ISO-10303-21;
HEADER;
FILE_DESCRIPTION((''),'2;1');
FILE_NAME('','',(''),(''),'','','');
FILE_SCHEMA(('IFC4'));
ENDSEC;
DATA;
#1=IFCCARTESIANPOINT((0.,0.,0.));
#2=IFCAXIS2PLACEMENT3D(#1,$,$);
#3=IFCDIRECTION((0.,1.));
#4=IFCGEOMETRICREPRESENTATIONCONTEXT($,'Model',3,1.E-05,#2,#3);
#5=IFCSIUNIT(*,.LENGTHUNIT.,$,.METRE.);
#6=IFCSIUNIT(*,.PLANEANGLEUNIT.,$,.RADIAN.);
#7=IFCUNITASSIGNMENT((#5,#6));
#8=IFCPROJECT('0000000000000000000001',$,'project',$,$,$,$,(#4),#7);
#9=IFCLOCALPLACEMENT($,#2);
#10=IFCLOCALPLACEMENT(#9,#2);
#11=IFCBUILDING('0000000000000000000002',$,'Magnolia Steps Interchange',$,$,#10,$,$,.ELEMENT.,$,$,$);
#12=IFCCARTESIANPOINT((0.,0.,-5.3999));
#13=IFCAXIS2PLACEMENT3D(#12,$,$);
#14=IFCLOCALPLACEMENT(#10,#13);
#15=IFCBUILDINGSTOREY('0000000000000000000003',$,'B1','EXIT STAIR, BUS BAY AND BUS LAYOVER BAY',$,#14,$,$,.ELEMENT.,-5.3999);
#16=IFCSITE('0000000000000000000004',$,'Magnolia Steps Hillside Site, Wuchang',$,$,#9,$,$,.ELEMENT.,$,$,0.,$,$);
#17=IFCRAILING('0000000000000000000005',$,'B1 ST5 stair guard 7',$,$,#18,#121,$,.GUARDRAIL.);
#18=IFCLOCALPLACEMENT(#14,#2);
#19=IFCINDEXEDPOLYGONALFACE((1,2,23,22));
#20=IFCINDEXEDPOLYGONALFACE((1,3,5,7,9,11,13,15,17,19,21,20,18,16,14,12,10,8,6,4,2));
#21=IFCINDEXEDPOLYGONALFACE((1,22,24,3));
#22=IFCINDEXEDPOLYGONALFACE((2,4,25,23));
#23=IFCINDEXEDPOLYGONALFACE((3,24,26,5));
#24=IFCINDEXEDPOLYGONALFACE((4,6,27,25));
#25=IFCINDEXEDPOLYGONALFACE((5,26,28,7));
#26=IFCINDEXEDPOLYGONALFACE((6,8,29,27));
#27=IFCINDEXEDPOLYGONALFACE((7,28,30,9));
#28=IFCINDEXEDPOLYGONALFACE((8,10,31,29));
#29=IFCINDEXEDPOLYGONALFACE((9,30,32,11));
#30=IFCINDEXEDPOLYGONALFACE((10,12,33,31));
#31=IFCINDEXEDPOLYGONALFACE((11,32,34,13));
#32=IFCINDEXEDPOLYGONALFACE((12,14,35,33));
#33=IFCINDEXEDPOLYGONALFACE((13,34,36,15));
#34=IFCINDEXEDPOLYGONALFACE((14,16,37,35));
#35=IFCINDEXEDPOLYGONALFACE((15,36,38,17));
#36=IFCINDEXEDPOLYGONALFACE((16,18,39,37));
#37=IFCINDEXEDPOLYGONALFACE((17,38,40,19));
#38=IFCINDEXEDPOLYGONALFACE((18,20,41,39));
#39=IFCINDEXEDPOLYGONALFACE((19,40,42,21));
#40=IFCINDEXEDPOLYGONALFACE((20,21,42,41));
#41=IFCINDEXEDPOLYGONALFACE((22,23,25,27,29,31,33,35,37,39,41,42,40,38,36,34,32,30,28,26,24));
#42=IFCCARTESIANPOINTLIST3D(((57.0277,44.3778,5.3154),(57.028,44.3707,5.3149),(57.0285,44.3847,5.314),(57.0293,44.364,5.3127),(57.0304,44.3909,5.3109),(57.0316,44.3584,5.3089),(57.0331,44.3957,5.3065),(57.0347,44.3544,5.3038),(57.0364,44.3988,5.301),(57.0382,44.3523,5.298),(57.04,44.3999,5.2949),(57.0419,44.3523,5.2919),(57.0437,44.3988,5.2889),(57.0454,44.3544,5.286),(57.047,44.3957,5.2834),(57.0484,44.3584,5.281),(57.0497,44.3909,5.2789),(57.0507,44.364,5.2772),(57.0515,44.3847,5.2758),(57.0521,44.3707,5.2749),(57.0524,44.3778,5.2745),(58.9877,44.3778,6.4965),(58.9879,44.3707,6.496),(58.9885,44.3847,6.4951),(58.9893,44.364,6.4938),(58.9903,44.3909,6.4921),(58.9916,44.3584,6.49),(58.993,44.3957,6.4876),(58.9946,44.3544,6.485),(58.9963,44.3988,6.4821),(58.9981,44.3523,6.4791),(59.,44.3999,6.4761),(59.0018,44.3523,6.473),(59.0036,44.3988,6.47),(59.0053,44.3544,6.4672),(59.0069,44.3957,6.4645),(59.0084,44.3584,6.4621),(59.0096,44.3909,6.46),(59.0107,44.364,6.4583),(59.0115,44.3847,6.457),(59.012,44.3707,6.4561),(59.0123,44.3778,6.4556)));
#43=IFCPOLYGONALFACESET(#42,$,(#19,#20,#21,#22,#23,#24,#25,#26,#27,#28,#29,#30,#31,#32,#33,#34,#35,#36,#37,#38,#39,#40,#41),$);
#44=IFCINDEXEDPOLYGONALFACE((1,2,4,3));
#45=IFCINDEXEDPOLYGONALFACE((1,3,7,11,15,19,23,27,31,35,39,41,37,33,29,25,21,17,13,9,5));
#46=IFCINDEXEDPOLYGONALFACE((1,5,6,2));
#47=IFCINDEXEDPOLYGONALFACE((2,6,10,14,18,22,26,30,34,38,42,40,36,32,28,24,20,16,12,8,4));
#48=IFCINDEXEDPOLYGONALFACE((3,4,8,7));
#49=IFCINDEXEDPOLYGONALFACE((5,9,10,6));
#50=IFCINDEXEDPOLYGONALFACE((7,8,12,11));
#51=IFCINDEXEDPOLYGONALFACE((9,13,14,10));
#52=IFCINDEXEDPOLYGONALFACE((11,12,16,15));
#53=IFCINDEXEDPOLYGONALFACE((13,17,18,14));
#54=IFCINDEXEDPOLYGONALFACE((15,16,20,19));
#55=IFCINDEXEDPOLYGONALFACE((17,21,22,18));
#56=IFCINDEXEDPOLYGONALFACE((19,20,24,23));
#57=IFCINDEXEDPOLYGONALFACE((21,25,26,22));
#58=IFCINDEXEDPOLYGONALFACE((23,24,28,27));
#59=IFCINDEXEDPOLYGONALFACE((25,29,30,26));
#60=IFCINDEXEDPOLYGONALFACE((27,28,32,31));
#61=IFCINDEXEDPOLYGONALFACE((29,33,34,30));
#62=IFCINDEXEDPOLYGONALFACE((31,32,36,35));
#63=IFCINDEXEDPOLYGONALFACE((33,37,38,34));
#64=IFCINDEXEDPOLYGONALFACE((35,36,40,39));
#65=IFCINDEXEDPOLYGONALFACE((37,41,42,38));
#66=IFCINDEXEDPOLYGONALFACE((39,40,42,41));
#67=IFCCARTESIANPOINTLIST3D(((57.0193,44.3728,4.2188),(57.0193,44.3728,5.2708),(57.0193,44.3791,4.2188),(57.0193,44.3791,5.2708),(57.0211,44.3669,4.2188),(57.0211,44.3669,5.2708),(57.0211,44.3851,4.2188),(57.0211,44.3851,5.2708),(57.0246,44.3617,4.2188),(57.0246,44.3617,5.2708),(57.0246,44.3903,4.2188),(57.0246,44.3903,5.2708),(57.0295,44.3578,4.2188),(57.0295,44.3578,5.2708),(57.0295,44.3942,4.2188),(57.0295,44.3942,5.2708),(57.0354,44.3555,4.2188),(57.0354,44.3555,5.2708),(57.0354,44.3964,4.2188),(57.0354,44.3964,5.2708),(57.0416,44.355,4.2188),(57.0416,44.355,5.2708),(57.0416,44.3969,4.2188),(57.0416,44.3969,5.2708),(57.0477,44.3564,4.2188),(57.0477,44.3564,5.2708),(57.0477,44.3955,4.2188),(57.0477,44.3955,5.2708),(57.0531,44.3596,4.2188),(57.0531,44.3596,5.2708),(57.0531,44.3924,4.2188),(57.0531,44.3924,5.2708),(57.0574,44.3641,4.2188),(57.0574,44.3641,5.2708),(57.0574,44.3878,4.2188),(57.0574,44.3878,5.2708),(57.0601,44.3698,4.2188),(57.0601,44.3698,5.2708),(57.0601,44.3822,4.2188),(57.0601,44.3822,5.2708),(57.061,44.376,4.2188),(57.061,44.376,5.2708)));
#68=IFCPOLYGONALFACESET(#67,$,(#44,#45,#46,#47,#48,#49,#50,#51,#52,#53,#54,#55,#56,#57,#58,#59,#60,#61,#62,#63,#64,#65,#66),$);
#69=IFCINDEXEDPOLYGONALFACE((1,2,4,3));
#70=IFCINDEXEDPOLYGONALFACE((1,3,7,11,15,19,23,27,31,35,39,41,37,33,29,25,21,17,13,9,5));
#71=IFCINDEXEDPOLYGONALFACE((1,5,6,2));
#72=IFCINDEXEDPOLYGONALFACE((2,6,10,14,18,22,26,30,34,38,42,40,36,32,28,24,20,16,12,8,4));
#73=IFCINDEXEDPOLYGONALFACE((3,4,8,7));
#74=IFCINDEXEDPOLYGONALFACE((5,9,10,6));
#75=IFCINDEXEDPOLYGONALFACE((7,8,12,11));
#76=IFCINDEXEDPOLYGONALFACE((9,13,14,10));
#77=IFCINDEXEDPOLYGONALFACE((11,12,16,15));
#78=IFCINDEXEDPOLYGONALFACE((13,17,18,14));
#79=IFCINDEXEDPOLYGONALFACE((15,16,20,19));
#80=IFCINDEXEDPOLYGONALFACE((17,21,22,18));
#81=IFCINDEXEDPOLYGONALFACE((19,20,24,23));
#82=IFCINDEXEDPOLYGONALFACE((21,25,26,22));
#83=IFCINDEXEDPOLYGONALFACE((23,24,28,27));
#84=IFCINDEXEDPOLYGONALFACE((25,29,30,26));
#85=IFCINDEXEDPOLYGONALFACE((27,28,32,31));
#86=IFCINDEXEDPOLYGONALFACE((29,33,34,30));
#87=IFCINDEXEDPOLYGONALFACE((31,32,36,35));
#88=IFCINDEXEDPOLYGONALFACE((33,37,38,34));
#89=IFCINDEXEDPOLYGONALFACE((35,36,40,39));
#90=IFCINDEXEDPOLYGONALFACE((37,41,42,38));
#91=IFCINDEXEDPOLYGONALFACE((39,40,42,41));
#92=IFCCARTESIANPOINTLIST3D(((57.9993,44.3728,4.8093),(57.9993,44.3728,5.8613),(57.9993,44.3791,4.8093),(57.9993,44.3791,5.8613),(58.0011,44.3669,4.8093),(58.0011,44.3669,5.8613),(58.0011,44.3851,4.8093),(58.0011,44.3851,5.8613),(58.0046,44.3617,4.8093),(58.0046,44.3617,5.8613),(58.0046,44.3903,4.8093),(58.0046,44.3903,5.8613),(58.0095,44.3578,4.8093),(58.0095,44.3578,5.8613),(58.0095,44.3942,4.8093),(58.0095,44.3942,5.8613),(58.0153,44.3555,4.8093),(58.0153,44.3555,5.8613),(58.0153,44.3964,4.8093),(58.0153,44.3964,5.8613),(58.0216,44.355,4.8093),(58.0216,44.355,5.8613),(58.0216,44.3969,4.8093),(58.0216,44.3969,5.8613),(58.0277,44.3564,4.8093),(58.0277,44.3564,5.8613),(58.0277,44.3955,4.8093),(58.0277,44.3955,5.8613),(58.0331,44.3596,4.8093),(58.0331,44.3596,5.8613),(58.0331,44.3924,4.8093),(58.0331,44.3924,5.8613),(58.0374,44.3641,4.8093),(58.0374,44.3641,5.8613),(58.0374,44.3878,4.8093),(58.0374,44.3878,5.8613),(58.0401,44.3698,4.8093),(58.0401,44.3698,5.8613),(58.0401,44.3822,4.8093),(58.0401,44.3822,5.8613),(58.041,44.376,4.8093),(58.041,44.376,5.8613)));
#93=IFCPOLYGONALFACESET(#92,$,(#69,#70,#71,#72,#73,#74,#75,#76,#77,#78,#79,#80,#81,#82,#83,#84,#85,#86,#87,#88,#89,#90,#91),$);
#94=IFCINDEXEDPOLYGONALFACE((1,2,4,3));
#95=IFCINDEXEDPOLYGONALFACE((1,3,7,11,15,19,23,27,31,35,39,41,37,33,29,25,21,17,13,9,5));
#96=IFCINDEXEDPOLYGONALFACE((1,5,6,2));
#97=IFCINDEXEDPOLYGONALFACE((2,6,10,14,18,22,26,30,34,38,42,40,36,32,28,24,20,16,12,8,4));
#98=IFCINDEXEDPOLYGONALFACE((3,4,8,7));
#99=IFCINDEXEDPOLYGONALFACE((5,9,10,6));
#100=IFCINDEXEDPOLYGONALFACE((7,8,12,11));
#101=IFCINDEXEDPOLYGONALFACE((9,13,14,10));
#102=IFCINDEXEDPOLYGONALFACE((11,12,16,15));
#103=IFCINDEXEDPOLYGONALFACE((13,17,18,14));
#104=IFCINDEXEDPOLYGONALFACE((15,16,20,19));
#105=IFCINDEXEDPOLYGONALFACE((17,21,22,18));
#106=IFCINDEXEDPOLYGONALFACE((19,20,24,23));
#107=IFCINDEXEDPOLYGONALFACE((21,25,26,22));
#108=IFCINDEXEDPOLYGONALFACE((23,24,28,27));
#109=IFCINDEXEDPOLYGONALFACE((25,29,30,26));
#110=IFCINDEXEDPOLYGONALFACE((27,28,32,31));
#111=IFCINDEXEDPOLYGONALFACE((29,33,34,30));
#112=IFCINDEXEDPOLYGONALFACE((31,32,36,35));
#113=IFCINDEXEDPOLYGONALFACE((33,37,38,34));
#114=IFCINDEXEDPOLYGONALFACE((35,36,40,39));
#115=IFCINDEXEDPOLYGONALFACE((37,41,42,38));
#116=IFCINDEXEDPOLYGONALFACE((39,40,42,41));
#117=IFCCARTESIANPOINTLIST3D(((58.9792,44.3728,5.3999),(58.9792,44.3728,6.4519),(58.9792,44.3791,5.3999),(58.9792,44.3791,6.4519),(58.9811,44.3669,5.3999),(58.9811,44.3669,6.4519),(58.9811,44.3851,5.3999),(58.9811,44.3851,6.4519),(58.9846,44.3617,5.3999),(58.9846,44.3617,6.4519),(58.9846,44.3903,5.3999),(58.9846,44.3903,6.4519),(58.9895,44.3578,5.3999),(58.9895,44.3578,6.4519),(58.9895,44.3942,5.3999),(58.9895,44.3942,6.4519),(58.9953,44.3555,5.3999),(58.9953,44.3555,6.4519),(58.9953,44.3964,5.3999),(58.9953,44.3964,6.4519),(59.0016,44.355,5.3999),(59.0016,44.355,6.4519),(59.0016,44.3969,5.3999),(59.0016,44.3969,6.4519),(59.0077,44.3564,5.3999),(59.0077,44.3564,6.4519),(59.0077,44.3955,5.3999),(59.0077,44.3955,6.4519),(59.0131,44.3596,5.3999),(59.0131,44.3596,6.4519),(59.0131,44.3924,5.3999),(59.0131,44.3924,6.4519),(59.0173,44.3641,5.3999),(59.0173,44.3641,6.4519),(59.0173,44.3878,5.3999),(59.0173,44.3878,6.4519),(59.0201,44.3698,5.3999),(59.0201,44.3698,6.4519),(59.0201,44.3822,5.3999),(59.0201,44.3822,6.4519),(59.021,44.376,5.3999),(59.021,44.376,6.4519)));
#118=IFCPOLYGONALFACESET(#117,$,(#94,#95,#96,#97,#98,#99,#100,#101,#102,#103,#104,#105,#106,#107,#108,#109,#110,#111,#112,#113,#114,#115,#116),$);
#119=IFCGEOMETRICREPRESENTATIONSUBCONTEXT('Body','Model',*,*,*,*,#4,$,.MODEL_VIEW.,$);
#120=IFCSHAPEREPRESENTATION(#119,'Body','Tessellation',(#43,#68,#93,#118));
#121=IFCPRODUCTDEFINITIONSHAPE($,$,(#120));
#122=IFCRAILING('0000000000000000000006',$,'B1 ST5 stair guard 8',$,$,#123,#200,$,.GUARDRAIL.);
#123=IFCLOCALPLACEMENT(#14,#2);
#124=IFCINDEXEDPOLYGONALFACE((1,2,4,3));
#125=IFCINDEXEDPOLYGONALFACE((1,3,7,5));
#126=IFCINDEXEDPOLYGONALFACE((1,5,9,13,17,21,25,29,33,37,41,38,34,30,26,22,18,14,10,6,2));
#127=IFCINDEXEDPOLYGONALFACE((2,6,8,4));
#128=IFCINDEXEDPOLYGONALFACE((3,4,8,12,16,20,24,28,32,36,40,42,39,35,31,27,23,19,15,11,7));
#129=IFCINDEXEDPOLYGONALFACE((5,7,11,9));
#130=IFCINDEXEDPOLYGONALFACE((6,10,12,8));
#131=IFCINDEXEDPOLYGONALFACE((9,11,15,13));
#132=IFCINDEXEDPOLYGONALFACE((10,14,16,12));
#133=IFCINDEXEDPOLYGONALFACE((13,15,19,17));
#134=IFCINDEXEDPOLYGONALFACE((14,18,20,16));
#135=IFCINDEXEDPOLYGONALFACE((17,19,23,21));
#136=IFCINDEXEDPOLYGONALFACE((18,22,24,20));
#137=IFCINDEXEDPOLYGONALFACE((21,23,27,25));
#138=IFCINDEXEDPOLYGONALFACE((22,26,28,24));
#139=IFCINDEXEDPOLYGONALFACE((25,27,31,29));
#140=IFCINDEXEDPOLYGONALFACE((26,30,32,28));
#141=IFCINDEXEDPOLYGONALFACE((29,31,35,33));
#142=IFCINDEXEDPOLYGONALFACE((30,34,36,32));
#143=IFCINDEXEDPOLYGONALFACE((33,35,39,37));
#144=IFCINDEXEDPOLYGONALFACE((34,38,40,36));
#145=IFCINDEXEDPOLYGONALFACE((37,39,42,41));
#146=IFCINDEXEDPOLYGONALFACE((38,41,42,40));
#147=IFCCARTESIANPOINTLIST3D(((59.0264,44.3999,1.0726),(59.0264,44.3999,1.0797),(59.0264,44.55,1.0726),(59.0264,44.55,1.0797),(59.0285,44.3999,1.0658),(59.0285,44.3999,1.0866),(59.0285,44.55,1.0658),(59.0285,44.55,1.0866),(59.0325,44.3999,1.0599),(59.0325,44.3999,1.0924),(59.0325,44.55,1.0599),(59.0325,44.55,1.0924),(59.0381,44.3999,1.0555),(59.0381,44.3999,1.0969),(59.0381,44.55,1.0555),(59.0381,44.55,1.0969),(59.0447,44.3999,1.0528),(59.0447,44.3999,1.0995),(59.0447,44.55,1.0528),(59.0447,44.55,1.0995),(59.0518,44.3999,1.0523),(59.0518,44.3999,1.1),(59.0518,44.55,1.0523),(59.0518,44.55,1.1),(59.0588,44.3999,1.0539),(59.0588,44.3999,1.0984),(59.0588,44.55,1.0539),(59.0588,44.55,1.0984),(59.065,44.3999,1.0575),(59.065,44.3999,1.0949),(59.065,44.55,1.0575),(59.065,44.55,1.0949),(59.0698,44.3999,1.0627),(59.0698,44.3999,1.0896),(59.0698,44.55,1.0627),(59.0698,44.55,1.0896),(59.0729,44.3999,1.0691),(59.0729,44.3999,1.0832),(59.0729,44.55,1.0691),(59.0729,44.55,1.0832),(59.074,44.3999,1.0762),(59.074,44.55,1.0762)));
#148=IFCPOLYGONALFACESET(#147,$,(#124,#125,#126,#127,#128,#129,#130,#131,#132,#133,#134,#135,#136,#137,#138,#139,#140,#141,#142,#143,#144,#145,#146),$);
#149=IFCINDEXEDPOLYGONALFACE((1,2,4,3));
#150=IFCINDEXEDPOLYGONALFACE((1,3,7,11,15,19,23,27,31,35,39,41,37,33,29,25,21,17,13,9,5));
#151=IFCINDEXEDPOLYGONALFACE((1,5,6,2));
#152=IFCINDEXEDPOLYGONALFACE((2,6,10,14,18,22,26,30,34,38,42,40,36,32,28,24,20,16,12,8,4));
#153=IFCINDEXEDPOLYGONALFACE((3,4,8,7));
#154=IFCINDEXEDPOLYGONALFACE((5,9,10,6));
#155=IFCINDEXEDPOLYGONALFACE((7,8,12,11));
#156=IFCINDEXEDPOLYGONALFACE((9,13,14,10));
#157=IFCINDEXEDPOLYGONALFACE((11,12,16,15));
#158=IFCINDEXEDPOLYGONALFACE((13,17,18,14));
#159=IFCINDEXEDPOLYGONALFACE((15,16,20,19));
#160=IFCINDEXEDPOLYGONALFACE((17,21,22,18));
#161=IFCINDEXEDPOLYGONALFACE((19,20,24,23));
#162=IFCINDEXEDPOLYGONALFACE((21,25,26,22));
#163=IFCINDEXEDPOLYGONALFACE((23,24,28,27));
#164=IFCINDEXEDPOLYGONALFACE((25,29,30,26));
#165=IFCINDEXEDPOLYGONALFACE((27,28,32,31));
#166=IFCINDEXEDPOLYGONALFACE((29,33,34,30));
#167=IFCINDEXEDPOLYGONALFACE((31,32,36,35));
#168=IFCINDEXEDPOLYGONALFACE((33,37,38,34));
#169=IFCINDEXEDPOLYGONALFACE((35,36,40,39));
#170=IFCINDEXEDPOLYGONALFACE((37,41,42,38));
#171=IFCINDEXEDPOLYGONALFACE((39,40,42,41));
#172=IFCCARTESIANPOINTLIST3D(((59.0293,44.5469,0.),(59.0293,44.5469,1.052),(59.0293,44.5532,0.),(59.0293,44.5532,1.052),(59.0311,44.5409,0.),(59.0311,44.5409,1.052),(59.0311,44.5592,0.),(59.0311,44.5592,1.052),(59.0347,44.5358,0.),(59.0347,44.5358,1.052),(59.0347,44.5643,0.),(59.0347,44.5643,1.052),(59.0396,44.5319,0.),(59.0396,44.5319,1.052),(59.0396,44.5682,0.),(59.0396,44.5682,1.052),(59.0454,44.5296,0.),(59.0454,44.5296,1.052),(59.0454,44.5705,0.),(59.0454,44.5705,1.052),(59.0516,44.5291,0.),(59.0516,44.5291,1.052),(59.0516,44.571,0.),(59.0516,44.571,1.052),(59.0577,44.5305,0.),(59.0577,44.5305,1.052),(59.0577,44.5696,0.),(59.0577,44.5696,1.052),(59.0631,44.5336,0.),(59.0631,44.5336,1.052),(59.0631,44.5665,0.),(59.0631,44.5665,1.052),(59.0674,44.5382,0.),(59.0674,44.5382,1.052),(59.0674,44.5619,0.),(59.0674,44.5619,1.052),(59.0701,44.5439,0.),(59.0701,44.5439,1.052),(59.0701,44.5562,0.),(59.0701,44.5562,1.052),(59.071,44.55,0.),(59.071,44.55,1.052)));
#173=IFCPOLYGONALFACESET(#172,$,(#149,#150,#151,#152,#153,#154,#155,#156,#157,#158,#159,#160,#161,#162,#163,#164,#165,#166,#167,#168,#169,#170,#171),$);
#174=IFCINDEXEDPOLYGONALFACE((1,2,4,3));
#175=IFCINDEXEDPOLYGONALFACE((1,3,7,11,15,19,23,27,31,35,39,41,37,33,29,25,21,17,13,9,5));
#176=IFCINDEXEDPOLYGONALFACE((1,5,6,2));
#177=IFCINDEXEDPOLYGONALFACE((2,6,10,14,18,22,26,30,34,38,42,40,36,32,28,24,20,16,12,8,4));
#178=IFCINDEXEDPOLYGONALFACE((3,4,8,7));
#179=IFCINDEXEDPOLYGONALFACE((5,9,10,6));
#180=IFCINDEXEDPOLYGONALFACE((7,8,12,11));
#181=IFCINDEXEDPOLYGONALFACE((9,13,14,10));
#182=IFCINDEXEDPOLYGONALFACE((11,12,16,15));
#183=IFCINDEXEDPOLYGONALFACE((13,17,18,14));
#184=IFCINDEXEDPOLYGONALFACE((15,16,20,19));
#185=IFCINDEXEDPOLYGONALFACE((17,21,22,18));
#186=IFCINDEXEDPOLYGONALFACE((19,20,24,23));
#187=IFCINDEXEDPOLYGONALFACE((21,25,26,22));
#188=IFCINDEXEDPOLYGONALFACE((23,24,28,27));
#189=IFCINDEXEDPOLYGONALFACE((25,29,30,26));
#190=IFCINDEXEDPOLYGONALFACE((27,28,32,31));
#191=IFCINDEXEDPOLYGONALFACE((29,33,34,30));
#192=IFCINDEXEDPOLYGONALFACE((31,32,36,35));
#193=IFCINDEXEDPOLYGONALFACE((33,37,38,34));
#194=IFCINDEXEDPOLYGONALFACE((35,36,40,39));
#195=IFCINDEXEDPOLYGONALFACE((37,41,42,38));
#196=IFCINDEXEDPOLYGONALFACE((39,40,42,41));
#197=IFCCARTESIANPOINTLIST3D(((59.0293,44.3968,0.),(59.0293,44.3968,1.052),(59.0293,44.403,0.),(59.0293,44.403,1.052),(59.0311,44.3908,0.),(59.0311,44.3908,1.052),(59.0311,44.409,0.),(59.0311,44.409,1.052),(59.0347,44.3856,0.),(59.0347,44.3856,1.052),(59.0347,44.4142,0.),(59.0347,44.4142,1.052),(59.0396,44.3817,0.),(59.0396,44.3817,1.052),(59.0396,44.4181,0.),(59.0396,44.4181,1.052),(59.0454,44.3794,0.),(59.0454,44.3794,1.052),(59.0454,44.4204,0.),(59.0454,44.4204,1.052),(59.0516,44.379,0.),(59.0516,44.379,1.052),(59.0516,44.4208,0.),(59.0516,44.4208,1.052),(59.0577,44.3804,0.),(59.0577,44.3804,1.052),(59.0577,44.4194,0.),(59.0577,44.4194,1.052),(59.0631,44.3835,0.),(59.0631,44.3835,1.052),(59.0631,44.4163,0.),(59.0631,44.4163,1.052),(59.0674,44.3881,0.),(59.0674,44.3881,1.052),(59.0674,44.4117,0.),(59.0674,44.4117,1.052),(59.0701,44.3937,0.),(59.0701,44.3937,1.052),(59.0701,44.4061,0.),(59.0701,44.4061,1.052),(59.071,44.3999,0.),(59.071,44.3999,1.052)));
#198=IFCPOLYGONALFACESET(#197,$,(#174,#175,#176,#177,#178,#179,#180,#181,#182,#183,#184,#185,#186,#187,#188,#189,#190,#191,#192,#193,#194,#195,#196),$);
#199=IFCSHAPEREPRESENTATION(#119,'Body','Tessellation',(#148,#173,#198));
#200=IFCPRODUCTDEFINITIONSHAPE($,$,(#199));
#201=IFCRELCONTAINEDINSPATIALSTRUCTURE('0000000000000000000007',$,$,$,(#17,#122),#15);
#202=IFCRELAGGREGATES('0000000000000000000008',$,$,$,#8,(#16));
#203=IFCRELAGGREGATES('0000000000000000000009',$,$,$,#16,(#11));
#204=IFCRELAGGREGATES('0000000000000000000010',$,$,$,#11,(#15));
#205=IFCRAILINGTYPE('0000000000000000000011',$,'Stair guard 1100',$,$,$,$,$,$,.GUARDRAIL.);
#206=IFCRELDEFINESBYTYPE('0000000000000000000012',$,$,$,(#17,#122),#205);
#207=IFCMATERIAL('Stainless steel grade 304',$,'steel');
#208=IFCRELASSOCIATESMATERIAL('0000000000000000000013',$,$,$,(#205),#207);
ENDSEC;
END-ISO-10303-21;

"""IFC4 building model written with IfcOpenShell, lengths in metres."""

from ifc_helpers import new_model, si_unit, direction, frame, origin, origin_2d, place, context, subcontext, project, spatial, circle, extrude, material, type_object, element, save


model = new_model("IFC4")

# Units and contexts
model_context = context("Model", 3, precision=1e-05, world=origin(), true_north=direction((0.0, 1.0)))
body_context = subcontext(model_context, "Body", "Model", "MODEL_VIEW")
ifc_project = project(units=[si_unit("LENGTHUNIT", "METRE"), si_unit("PLANEANGLEUNIT", "RADIAN")], contexts=[model_context])

# Site, building, storey
site_placement = place(None, origin())
site = spatial("IfcSite", under=ifc_project, at=site_placement, Name="Magnolia Steps Hillside Site, Wuchang", CompositionType="ELEMENT", RefElevation=0.0)
building_placement = place(site_placement, origin())
building = spatial("IfcBuilding", under=site, at=building_placement, Name="Magnolia Steps Interchange", CompositionType="ELEMENT")
storey_placement = place(building_placement, frame((0.0, 0.0, -5.3999)))
storey = spatial("IfcBuildingStorey", under=building, at=storey_placement, Name="B1", Description="EXIT STAIR, BUS BAY AND BUS LAYOVER BAY", CompositionType="ELEMENT", Elevation=-5.3999)

# Railings
ifc_material_1 = material(Name="Stainless steel grade 304", Category="steel")
railing_type_1 = type_object("IfcRailingType", Name="Stair guard 1100", PredefinedType="GUARDRAIL", material=ifc_material_1)
railing_1_placement = place(storey_placement, frame((57.04, 44.376, 4.2188)))
element("IfcRailing", 1, at=railing_1_placement, inside=storey, type_object=railing_type_1, Name="B1 ST5 stair guard 7", PredefinedType="GUARDRAIL", context=body_context, shape_type="SweptSolid", body=[
    extrude(circle(Radius=0.0239, at=origin_2d()), frame((0.0, 0.0, 1.0762), z_axis=(0.856493, 0.0, 0.516158), x_axis=(0.0, 1.0, 0.0)), (0.0, 0.0, 1.0), 2.2883),
    extrude(circle(Radius=0.021, at=origin_2d()), origin(), (0.0, 0.0, 1.0), 1.052),
    extrude(circle(Radius=0.021, at=origin_2d()), frame((0.98, 0.0, 0.5906)), (0.0, 0.0, 1.0), 1.052),
    extrude(circle(Radius=0.021, at=origin_2d()), frame((1.96, 0.0, 1.1812)), (0.0, 0.0, 1.0), 1.052),
])
railing_2_placement = place(storey_placement, frame((59.05, 44.55, 0.0)))
element("IfcRailing", 2, at=railing_2_placement, inside=storey, type_object=railing_type_1, Name="B1 ST5 stair guard 8", PredefinedType="GUARDRAIL", context=body_context, shape_type="SweptSolid", body=[
    extrude(circle(Radius=0.0239, at=origin_2d()), frame((0.0, 0.0, 1.0762), z_axis=(0.0, -1.0, 0.0), x_axis=(1.0, 0.0, 0.0)), (0.0, 0.0, 1.0), 0.1501),
    extrude(circle(Radius=0.021, at=origin_2d()), origin(), (0.0, 0.0, 1.0), 1.052),
    extrude(circle(Radius=0.021, at=origin_2d()), frame((0.0, -0.1501, 0.0)), (0.0, 0.0, 1.0), 1.052),
])

save(model, "model.ifc")
